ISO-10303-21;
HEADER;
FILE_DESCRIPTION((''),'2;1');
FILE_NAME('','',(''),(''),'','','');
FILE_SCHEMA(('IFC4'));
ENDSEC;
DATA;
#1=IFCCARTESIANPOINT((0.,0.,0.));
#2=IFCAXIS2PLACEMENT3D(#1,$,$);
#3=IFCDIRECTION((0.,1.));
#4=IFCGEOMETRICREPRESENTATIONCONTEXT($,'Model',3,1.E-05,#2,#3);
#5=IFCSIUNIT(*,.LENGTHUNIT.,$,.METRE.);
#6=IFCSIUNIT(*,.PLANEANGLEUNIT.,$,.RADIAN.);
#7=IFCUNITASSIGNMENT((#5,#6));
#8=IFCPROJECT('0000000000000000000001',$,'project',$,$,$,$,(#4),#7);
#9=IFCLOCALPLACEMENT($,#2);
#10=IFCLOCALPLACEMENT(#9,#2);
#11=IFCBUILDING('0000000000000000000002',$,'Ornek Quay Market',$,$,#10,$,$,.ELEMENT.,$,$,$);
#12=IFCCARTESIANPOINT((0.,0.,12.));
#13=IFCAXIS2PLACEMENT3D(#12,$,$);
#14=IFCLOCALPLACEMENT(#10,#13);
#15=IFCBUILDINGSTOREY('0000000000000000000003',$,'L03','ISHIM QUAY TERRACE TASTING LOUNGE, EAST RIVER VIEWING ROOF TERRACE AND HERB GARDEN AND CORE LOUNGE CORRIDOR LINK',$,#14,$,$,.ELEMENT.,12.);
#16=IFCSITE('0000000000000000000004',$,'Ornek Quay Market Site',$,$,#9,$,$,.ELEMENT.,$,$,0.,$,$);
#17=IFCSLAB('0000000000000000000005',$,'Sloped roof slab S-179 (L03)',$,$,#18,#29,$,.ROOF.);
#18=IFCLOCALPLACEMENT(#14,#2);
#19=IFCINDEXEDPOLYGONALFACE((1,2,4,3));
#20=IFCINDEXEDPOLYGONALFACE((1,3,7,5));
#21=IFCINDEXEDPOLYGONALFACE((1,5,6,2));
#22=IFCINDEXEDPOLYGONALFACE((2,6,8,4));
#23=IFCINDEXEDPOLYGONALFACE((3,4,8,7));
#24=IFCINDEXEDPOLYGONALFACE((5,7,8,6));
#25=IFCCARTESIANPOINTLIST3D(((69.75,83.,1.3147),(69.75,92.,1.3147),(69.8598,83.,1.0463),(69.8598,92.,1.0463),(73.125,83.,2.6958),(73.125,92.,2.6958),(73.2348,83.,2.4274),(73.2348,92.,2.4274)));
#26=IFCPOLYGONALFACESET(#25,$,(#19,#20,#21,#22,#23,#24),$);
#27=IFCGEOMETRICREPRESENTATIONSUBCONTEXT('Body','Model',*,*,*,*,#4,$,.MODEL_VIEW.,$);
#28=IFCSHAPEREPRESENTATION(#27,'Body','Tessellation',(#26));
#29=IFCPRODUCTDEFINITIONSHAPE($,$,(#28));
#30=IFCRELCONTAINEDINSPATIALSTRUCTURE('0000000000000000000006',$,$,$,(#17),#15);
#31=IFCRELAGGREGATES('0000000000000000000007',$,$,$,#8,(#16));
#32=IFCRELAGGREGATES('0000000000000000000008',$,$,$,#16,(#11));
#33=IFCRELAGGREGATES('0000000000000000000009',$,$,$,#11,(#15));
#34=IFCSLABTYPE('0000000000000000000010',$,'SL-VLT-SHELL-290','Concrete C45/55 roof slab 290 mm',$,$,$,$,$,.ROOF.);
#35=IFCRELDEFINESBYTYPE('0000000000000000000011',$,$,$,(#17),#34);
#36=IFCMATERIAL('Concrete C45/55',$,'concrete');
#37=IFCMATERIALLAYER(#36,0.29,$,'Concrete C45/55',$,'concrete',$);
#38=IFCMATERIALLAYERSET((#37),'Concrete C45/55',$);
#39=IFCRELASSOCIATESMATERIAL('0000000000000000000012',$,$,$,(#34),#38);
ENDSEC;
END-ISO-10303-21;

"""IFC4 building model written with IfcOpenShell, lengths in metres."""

from ifc_helpers import new_model, si_unit, direction, frame, origin, place, context, subcontext, project, spatial, polyline, outline, extrude, material, layer, layer_set, type_object, element, save


model = new_model("IFC4")

# Units and contexts
model_context = context("Model", 3, precision=1e-05, world=origin(), true_north=direction((0.0, 1.0)))
body_context = subcontext(model_context, "Body", "Model", "MODEL_VIEW")
ifc_project = project(units=[si_unit("LENGTHUNIT", "METRE"), si_unit("PLANEANGLEUNIT", "RADIAN")], contexts=[model_context])

# Site, building, storey
site_placement = place(None, origin())
site = spatial("IfcSite", under=ifc_project, at=site_placement, Name="Ornek Quay Market Site", CompositionType="ELEMENT", RefElevation=0.0)
building_placement = place(site_placement, origin())
building = spatial("IfcBuilding", under=site, at=building_placement, Name="Ornek Quay Market", CompositionType="ELEMENT")
storey_placement = place(building_placement, frame((0.0, 0.0, 12.0)))
storey = spatial("IfcBuildingStorey", under=building, at=storey_placement, Name="L03", Description="ISHIM QUAY TERRACE TASTING LOUNGE, EAST RIVER VIEWING ROOF TERRACE AND HERB GARDEN AND CORE LOUNGE CORRIDOR LINK", CompositionType="ELEMENT", Elevation=12.0)

# Shared definitions
ifc_material_1 = material(Name="Concrete C45/55", Category="concrete")

# Slab
ifc_layer_1 = layer(ifc_material_1, 0.29, Name="Concrete C45/55", Category="concrete")
ifc_layer_set_1 = layer_set([ifc_layer_1], Name="Concrete C45/55")
slab_type = type_object("IfcSlabType", Name="SL-VLT-SHELL-290", Description="Concrete C45/55 roof slab 290 mm", PredefinedType="ROOF", material=ifc_layer_set_1)
slab_1_placement = place(storey_placement, frame((69.75, 83.0, 1.3147), z_axis=(-0.378732, 0.0, 0.925506), x_axis=(0.925506, 0.0, 0.378732)))
element("IfcSlab", 1, at=slab_1_placement, inside=storey, type_object=slab_type, Name="Sloped roof slab S-179 (L03)", PredefinedType="ROOF", context=body_context, shape_type="SweptSolid", body=[
    extrude(outline(polyline([(0.0, 0.0), (3.6467, 0.0), (3.6467, 9.0), (0.0, 9.0), (0.0, 0.0)])), origin(), (0.0, 0.0, -1.0), 0.29),
])

save(model, "model.ifc")
